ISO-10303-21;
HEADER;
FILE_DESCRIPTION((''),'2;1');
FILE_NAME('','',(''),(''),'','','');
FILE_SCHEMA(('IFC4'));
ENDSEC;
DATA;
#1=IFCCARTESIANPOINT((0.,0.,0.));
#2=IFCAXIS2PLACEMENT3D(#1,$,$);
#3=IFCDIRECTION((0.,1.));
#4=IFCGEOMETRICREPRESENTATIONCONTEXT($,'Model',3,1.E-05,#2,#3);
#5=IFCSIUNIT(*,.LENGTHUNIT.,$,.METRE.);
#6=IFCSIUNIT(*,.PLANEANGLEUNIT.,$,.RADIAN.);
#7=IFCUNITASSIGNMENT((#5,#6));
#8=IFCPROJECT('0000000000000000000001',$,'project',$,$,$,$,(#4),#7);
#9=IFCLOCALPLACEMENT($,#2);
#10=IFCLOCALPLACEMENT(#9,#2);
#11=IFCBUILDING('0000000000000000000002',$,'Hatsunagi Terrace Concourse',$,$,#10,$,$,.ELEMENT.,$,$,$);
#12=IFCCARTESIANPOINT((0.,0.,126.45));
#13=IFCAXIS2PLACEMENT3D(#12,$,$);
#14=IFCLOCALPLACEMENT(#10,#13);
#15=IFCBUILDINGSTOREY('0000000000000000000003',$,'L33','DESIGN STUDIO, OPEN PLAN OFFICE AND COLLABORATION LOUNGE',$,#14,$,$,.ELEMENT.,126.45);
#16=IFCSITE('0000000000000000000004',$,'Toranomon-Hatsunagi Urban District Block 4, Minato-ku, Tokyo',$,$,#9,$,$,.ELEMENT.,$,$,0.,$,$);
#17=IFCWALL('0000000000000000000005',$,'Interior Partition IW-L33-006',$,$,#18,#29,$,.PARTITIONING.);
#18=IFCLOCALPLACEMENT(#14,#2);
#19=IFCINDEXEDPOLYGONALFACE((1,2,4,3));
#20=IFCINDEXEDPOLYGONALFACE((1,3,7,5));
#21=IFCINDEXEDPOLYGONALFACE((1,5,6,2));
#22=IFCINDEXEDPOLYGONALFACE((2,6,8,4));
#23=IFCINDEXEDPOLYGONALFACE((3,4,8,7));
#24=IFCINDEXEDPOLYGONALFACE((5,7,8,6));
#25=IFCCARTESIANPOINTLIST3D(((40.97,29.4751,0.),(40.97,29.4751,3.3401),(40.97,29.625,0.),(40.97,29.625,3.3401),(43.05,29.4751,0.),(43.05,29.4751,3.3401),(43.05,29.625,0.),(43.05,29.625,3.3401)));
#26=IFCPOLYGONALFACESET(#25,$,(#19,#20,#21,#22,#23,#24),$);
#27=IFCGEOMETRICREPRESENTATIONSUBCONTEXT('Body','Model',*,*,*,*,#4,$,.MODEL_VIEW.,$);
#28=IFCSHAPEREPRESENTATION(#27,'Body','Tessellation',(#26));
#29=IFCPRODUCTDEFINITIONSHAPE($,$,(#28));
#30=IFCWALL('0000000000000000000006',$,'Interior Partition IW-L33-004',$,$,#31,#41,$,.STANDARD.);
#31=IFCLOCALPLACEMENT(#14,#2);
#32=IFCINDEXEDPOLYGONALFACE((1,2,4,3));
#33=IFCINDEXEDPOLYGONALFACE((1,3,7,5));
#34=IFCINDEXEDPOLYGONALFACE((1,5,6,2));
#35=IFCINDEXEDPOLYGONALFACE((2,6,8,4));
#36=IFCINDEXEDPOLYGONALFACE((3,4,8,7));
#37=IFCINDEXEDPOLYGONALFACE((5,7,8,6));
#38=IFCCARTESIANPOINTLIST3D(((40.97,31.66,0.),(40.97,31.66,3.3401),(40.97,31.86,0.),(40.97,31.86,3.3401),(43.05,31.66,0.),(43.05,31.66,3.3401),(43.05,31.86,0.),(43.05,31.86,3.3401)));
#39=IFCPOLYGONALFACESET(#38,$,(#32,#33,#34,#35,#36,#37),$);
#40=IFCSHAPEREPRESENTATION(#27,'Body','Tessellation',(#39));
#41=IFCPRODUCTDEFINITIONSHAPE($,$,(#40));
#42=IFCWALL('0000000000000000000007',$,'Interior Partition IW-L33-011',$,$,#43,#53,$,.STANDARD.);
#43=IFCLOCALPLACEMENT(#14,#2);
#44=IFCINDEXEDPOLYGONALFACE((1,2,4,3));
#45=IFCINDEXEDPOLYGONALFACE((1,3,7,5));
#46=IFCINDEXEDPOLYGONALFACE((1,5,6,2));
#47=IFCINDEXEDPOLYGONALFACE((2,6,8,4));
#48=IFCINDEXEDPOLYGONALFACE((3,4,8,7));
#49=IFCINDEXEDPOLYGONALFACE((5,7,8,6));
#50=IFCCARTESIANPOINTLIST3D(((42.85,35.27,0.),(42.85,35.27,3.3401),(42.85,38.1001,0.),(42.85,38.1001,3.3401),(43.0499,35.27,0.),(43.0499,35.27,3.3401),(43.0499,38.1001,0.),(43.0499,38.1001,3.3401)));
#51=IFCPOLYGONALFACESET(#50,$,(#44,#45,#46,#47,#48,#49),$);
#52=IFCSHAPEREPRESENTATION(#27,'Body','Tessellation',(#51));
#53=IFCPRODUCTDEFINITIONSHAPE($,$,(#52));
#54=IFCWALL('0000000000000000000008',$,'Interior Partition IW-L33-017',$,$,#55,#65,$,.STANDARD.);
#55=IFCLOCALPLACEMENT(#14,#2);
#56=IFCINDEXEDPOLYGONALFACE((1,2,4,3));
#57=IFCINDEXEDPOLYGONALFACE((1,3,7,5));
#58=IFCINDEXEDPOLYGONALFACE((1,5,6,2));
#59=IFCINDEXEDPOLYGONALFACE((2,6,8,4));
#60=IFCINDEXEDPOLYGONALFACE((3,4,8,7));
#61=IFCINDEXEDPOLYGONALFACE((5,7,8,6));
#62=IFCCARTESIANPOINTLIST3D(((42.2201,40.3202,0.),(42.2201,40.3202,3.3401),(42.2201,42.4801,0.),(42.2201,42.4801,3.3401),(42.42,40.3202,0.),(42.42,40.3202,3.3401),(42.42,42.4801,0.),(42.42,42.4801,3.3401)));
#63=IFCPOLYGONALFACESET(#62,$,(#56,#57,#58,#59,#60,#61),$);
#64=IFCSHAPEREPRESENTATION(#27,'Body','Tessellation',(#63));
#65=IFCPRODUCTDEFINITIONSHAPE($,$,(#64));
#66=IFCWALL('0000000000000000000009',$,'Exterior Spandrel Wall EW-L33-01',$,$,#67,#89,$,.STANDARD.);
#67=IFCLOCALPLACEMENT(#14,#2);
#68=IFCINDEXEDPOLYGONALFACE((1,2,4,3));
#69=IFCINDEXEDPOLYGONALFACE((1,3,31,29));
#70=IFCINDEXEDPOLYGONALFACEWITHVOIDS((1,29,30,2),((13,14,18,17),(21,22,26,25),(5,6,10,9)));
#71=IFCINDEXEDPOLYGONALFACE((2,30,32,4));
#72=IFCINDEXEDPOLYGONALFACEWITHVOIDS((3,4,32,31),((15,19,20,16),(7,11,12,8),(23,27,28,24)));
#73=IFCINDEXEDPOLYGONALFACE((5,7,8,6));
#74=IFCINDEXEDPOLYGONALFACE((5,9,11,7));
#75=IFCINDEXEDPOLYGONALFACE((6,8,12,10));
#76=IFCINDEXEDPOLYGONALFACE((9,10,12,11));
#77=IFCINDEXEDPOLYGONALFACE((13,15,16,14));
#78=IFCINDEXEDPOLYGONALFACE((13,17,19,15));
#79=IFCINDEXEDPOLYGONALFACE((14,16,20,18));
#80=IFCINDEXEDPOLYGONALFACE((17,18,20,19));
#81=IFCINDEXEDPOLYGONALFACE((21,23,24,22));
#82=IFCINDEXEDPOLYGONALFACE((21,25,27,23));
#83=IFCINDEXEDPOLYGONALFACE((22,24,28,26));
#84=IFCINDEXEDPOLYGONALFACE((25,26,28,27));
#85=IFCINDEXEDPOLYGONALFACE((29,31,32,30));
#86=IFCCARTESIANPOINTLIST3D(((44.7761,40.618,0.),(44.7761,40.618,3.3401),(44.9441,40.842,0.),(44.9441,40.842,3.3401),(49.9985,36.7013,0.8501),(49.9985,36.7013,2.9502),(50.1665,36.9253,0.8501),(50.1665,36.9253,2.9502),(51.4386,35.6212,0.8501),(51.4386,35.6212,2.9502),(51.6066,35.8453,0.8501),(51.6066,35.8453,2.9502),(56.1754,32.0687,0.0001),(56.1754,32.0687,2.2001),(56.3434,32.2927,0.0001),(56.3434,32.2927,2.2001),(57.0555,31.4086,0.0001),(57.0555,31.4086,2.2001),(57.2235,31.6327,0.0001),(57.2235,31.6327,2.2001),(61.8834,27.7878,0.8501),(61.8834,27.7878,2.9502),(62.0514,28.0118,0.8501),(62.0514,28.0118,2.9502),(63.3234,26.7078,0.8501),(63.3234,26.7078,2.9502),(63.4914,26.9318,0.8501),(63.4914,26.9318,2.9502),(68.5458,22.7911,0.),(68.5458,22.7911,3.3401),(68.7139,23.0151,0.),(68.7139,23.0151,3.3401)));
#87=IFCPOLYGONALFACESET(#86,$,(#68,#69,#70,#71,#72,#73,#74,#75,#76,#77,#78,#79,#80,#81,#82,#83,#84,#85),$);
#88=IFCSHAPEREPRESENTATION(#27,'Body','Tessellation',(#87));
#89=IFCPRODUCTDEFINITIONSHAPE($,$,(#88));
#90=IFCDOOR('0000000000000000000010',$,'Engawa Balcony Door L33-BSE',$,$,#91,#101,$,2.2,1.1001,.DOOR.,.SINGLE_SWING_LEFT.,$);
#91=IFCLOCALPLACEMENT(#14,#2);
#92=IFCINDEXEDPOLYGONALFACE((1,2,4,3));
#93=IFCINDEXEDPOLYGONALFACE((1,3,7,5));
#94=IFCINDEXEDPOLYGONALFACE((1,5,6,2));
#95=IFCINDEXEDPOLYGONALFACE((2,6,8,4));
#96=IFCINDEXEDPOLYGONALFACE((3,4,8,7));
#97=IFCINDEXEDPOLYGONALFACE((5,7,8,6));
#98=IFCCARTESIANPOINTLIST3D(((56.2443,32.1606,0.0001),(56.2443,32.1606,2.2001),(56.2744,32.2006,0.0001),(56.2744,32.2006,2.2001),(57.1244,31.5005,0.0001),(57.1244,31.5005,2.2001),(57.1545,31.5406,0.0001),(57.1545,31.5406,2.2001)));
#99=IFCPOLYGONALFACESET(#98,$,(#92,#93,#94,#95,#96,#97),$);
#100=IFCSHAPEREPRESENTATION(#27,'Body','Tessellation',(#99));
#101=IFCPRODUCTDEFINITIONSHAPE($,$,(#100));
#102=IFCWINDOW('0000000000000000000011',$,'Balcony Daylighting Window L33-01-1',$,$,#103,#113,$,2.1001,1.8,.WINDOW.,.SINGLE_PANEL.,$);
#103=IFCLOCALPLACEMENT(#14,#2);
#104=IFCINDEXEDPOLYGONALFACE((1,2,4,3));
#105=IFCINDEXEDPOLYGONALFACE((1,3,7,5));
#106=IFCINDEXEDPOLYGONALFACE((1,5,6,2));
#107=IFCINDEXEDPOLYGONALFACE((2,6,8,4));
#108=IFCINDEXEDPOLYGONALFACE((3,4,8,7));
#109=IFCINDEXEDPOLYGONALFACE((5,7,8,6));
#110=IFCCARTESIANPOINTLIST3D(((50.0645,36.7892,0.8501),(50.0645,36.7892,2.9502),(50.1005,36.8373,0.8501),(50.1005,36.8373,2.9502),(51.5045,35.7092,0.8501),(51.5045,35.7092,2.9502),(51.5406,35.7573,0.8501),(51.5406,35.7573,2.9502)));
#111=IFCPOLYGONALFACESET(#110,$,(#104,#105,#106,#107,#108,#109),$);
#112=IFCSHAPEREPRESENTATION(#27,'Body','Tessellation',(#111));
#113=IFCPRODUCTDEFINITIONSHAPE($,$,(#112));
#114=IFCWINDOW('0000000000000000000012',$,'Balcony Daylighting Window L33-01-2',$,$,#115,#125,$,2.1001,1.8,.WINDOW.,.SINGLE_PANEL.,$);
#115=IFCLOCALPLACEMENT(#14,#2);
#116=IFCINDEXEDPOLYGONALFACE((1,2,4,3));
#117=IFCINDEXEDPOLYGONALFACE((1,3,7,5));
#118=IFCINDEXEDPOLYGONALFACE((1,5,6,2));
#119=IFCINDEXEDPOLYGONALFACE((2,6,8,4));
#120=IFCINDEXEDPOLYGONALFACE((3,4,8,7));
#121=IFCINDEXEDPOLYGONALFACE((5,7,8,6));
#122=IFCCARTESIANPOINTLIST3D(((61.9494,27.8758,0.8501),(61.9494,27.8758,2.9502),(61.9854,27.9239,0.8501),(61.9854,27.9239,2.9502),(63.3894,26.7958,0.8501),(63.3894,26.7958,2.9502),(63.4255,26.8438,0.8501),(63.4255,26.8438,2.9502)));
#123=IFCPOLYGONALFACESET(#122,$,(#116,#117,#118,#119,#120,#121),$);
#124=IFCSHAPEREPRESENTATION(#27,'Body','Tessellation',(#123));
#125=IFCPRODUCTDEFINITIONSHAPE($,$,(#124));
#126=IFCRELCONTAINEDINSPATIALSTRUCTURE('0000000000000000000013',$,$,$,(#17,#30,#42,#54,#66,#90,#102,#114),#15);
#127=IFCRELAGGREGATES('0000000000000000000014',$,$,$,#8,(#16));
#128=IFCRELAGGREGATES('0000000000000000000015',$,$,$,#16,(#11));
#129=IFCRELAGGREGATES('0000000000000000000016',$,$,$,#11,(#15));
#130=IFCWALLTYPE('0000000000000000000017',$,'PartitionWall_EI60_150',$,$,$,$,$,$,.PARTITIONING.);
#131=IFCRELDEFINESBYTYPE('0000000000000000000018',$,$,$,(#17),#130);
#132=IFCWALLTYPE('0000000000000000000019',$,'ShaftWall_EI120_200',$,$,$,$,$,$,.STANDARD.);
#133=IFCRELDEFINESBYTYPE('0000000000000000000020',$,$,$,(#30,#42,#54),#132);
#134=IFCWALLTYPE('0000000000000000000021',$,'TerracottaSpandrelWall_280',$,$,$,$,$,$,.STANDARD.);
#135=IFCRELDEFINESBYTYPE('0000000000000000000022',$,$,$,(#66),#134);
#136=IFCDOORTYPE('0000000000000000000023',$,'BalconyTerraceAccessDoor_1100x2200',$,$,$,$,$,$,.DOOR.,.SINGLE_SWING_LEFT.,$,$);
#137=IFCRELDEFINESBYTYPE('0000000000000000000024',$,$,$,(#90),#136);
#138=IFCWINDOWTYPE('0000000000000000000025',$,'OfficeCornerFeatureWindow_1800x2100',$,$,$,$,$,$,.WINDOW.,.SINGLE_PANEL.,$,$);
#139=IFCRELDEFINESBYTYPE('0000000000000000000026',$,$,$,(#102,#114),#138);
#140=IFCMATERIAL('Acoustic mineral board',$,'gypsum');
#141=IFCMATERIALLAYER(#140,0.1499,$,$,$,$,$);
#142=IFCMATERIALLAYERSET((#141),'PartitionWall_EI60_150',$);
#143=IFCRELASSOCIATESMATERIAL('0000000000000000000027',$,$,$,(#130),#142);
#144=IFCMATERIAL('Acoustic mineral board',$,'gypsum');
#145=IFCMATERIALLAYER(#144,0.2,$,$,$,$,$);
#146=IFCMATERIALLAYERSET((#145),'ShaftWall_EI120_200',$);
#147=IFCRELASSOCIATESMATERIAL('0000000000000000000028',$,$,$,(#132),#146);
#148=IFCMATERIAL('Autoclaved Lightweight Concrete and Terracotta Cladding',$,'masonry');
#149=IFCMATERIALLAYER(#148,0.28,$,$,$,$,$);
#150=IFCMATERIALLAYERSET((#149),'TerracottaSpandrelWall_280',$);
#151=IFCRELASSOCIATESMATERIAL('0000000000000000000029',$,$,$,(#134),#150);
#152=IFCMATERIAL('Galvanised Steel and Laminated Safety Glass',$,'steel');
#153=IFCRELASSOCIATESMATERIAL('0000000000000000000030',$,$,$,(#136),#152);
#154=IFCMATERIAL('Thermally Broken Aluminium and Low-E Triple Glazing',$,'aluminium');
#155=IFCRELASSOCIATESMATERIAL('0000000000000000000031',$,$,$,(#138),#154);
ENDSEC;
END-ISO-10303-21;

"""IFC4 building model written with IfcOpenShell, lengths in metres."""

from ifc_helpers import new_model, si_unit, direction, frame, frame_2d, origin, place, context, subcontext, project, spatial, rectangle, extrude, material, layer, layer_set, type_object, element, fill, save


model = new_model("IFC4")

# Units and contexts
model_context = context("Model", 3, precision=1e-05, world=origin(), true_north=direction((0.0, 1.0)))
body_context = subcontext(model_context, "Body", "Model", "MODEL_VIEW")
ifc_project = project(units=[si_unit("LENGTHUNIT", "METRE"), si_unit("PLANEANGLEUNIT", "RADIAN")], contexts=[model_context])

# Site, building, storey
site_placement = place(None, origin())
site = spatial("IfcSite", under=ifc_project, at=site_placement, Name="Toranomon-Hatsunagi Urban District Block 4, Minato-ku, Tokyo", CompositionType="ELEMENT", RefElevation=0.0)
building_placement = place(site_placement, origin())
building = spatial("IfcBuilding", under=site, at=building_placement, Name="Hatsunagi Terrace Concourse", CompositionType="ELEMENT")
storey_placement = place(building_placement, frame((0.0, 0.0, 126.45)))
storey = spatial("IfcBuildingStorey", under=building, at=storey_placement, Name="L33", Description="DESIGN STUDIO, OPEN PLAN OFFICE AND COLLABORATION LOUNGE", CompositionType="ELEMENT", Elevation=126.45)

# Walls
ifc_material_1 = material(Name="Acoustic mineral board", Category="gypsum")
ifc_layer_1 = layer(ifc_material_1, 0.1499)
ifc_layer_set_1 = layer_set([ifc_layer_1], Name="PartitionWall_EI60_150")
wall_type_1 = type_object("IfcWallType", Name="PartitionWall_EI60_150", PredefinedType="PARTITIONING", material=ifc_layer_set_1)
for number, where, z_axis, x_axis, name in (
    (1, (40.97, 29.55, 0.0), (0.0, 0.0, 1.0), (1.0, 0.0, 0.0), "Interior Partition IW-L33-006"),
):
    element("IfcWall", number, at=place(storey_placement, frame(where, z_axis=z_axis, x_axis=x_axis)), inside=storey, type_object=wall_type_1, Name=name, PredefinedType="PARTITIONING", context=body_context, shape_type="SweptSolid", body=[
        extrude(rectangle(XDim=2.0801, YDim=0.1499, at=frame_2d((1.04, 0.0))), origin(), (0.0, 0.0, 1.0), 3.3401),
    ])
ifc_material_2 = material(Name="Acoustic mineral board", Category="gypsum")
ifc_layer_2 = layer(ifc_material_2, 0.2)
ifc_layer_set_2 = layer_set([ifc_layer_2], Name="ShaftWall_EI120_200")
wall_type_2 = type_object("IfcWallType", Name="ShaftWall_EI120_200", PredefinedType="STANDARD", material=ifc_layer_set_2)
wall_1_placement = place(storey_placement, frame((40.97, 31.76, 0.0), z_axis=(0.0, 0.0, 1.0), x_axis=(1.0, 0.0, 0.0)))
element("IfcWall", 2, at=wall_1_placement, inside=storey, type_object=wall_type_2, Name="Interior Partition IW-L33-004", PredefinedType="STANDARD", context=body_context, shape_type="SweptSolid", body=[
    extrude(rectangle(XDim=2.0801, YDim=0.2, at=frame_2d((1.04, 0.0))), origin(), (0.0, 0.0, 1.0), 3.3401),
])
wall_2_placement = place(storey_placement, frame((42.95, 35.27, 0.0), z_axis=(0.0, 0.0, 1.0), x_axis=(0.0, 1.0, 0.0)))
element("IfcWall", 3, at=wall_2_placement, inside=storey, type_object=wall_type_2, Name="Interior Partition IW-L33-011", PredefinedType="STANDARD", context=body_context, shape_type="SweptSolid", body=[
    extrude(rectangle(XDim=2.8301, YDim=0.2, at=frame_2d((1.415, 0.0))), origin(), (0.0, 0.0, 1.0), 3.3401),
])
wall_3_placement = place(storey_placement, frame((42.3201, 40.3201, 0.0), z_axis=(0.0, 0.0, 1.0), x_axis=(0.0, 1.0, 0.0)))
element("IfcWall", 4, at=wall_3_placement, inside=storey, type_object=wall_type_2, Name="Interior Partition IW-L33-017", PredefinedType="STANDARD", context=body_context, shape_type="SweptSolid", body=[
    extrude(rectangle(XDim=2.1599, YDim=0.2, at=frame_2d((1.0801, 0.0))), origin(), (0.0, 0.0, 1.0), 3.3401),
])

# Wall, openings, door, windows
ifc_material_3 = material(Name="Autoclaved Lightweight Concrete and Terracotta Cladding", Category="masonry")
ifc_layer_3 = layer(ifc_material_3, 0.28)
ifc_layer_set_3 = layer_set([ifc_layer_3], Name="TerracottaSpandrelWall_280")
wall_type_3 = type_object("IfcWallType", Name="TerracottaSpandrelWall_280", PredefinedType="STANDARD", material=ifc_layer_set_3)
wall_4_placement = place(storey_placement, frame((44.8601, 40.73, 0.0), z_axis=(0.0, 0.0, 1.0), x_axis=(0.800007, -0.599991, 0.0)))
wall_4 = element("IfcWall", 5, at=wall_4_placement, inside=storey, type_object=wall_type_3, Name="Exterior Spandrel Wall EW-L33-01", PredefinedType="STANDARD", context=body_context, shape_type="SweptSolid", body=[
    extrude(rectangle(XDim=29.7119, YDim=0.28, at=frame_2d((14.856, 0.0))), origin(), (0.0, 0.0, 1.0), 3.3401),
])
opening_1_placement = place(wall_4_placement, frame((14.249, 0.0, 0.0)))
opening_1 = element("IfcOpeningElement", 6, at=opening_1_placement, cuts=wall_4, PredefinedType="OPENING", context=body_context, shape_type="SweptSolid", body=[
    extrude(rectangle(XDim=1.1001, YDim=2.2, at=frame_2d((0.55, 1.1001))), frame((0.0, 0.1499, 0.0), z_axis=(0.0, -1.0, 0.0), x_axis=(1.0, 0.0, 0.0)), (0.0, 0.0, 1.0), 0.3),
])
opening_2_placement = place(wall_4_placement, frame((6.5281, 0.0, 0.8501)))
opening_2 = element("IfcOpeningElement", 7, at=opening_2_placement, cuts=wall_4, PredefinedType="OPENING", context=body_context, shape_type="SweptSolid", body=[
    extrude(rectangle(XDim=1.8, YDim=2.1001, at=frame_2d((0.8999, 1.05))), frame((0.0, 0.1499, 0.0), z_axis=(0.0, -1.0, 0.0), x_axis=(1.0, 0.0, 0.0)), (0.0, 0.0, 1.0), 0.3),
])
opening_3_placement = place(wall_4_placement, frame((21.384, 0.0, 0.8501)))
opening_3 = element("IfcOpeningElement", 8, at=opening_3_placement, cuts=wall_4, PredefinedType="OPENING", context=body_context, shape_type="SweptSolid", body=[
    extrude(rectangle(XDim=1.8, YDim=2.1001, at=frame_2d((0.8999, 1.05))), frame((0.0, 0.1499, 0.0), z_axis=(0.0, -1.0, 0.0), x_axis=(1.0, 0.0, 0.0)), (0.0, 0.0, 1.0), 0.3),
])
ifc_material_4 = material(Name="Galvanised Steel and Laminated Safety Glass", Category="steel")
door_type_1 = type_object("IfcDoorType", Name="BalconyTerraceAccessDoor_1100x2200", OperationType="SINGLE_SWING_LEFT", PredefinedType="DOOR", material=ifc_material_4)
door_1_placement = place(opening_1_placement, origin())
door_1 = element("IfcDoor", 9, at=door_1_placement, inside=storey, type_object=door_type_1, Name="Engawa Balcony Door L33-BSE", OperationType="SINGLE_SWING_LEFT", OverallHeight=2.2, OverallWidth=1.1001, PredefinedType="DOOR", context=body_context, shape_type="SweptSolid", body=[
    extrude(rectangle(XDim=1.1001, YDim=2.2, at=frame_2d((0.55, 1.1001))), frame((0.0, 0.0249, 0.0), z_axis=(0.0, -1.0, 0.0), x_axis=(1.0, 0.0, 0.0)), (0.0, 0.0, 1.0), 0.05),
])
fill(opening_1, door_1)
ifc_material_5 = material(Name="Thermally Broken Aluminium and Low-E Triple Glazing", Category="aluminium")
window_type = type_object("IfcWindowType", Name="OfficeCornerFeatureWindow_1800x2100", PartitioningType="SINGLE_PANEL", PredefinedType="WINDOW", material=ifc_material_5)
window_1_placement = place(opening_2_placement, origin())
window_1 = element("IfcWindow", 10, at=window_1_placement, inside=storey, type_object=window_type, Name="Balcony Daylighting Window L33-01-1", OverallHeight=2.1001, OverallWidth=1.8, PartitioningType="SINGLE_PANEL", PredefinedType="WINDOW", context=body_context, shape_type="SweptSolid", body=[
    extrude(rectangle(XDim=1.8, YDim=2.1001, at=frame_2d((0.8999, 1.05))), frame((0.0, 0.03, 0.0), z_axis=(0.0, -1.0, 0.0), x_axis=(1.0, 0.0, 0.0)), (0.0, 0.0, 1.0), 0.0601),
])
fill(opening_2, window_1)
window_2_placement = place(opening_3_placement, origin())
window_2 = element("IfcWindow", 11, at=window_2_placement, inside=storey, type_object=window_type, Name="Balcony Daylighting Window L33-01-2", OverallHeight=2.1001, OverallWidth=1.8, PartitioningType="SINGLE_PANEL", PredefinedType="WINDOW", context=body_context, shape_type="SweptSolid", body=[
    extrude(rectangle(XDim=1.8, YDim=2.1001, at=frame_2d((0.8999, 1.05))), frame((0.0, 0.03, 0.0), z_axis=(0.0, -1.0, 0.0), x_axis=(1.0, 0.0, 0.0)), (0.0, 0.0, 1.0), 0.0601),
])
fill(opening_3, window_2)

save(model, "model.ifc")
